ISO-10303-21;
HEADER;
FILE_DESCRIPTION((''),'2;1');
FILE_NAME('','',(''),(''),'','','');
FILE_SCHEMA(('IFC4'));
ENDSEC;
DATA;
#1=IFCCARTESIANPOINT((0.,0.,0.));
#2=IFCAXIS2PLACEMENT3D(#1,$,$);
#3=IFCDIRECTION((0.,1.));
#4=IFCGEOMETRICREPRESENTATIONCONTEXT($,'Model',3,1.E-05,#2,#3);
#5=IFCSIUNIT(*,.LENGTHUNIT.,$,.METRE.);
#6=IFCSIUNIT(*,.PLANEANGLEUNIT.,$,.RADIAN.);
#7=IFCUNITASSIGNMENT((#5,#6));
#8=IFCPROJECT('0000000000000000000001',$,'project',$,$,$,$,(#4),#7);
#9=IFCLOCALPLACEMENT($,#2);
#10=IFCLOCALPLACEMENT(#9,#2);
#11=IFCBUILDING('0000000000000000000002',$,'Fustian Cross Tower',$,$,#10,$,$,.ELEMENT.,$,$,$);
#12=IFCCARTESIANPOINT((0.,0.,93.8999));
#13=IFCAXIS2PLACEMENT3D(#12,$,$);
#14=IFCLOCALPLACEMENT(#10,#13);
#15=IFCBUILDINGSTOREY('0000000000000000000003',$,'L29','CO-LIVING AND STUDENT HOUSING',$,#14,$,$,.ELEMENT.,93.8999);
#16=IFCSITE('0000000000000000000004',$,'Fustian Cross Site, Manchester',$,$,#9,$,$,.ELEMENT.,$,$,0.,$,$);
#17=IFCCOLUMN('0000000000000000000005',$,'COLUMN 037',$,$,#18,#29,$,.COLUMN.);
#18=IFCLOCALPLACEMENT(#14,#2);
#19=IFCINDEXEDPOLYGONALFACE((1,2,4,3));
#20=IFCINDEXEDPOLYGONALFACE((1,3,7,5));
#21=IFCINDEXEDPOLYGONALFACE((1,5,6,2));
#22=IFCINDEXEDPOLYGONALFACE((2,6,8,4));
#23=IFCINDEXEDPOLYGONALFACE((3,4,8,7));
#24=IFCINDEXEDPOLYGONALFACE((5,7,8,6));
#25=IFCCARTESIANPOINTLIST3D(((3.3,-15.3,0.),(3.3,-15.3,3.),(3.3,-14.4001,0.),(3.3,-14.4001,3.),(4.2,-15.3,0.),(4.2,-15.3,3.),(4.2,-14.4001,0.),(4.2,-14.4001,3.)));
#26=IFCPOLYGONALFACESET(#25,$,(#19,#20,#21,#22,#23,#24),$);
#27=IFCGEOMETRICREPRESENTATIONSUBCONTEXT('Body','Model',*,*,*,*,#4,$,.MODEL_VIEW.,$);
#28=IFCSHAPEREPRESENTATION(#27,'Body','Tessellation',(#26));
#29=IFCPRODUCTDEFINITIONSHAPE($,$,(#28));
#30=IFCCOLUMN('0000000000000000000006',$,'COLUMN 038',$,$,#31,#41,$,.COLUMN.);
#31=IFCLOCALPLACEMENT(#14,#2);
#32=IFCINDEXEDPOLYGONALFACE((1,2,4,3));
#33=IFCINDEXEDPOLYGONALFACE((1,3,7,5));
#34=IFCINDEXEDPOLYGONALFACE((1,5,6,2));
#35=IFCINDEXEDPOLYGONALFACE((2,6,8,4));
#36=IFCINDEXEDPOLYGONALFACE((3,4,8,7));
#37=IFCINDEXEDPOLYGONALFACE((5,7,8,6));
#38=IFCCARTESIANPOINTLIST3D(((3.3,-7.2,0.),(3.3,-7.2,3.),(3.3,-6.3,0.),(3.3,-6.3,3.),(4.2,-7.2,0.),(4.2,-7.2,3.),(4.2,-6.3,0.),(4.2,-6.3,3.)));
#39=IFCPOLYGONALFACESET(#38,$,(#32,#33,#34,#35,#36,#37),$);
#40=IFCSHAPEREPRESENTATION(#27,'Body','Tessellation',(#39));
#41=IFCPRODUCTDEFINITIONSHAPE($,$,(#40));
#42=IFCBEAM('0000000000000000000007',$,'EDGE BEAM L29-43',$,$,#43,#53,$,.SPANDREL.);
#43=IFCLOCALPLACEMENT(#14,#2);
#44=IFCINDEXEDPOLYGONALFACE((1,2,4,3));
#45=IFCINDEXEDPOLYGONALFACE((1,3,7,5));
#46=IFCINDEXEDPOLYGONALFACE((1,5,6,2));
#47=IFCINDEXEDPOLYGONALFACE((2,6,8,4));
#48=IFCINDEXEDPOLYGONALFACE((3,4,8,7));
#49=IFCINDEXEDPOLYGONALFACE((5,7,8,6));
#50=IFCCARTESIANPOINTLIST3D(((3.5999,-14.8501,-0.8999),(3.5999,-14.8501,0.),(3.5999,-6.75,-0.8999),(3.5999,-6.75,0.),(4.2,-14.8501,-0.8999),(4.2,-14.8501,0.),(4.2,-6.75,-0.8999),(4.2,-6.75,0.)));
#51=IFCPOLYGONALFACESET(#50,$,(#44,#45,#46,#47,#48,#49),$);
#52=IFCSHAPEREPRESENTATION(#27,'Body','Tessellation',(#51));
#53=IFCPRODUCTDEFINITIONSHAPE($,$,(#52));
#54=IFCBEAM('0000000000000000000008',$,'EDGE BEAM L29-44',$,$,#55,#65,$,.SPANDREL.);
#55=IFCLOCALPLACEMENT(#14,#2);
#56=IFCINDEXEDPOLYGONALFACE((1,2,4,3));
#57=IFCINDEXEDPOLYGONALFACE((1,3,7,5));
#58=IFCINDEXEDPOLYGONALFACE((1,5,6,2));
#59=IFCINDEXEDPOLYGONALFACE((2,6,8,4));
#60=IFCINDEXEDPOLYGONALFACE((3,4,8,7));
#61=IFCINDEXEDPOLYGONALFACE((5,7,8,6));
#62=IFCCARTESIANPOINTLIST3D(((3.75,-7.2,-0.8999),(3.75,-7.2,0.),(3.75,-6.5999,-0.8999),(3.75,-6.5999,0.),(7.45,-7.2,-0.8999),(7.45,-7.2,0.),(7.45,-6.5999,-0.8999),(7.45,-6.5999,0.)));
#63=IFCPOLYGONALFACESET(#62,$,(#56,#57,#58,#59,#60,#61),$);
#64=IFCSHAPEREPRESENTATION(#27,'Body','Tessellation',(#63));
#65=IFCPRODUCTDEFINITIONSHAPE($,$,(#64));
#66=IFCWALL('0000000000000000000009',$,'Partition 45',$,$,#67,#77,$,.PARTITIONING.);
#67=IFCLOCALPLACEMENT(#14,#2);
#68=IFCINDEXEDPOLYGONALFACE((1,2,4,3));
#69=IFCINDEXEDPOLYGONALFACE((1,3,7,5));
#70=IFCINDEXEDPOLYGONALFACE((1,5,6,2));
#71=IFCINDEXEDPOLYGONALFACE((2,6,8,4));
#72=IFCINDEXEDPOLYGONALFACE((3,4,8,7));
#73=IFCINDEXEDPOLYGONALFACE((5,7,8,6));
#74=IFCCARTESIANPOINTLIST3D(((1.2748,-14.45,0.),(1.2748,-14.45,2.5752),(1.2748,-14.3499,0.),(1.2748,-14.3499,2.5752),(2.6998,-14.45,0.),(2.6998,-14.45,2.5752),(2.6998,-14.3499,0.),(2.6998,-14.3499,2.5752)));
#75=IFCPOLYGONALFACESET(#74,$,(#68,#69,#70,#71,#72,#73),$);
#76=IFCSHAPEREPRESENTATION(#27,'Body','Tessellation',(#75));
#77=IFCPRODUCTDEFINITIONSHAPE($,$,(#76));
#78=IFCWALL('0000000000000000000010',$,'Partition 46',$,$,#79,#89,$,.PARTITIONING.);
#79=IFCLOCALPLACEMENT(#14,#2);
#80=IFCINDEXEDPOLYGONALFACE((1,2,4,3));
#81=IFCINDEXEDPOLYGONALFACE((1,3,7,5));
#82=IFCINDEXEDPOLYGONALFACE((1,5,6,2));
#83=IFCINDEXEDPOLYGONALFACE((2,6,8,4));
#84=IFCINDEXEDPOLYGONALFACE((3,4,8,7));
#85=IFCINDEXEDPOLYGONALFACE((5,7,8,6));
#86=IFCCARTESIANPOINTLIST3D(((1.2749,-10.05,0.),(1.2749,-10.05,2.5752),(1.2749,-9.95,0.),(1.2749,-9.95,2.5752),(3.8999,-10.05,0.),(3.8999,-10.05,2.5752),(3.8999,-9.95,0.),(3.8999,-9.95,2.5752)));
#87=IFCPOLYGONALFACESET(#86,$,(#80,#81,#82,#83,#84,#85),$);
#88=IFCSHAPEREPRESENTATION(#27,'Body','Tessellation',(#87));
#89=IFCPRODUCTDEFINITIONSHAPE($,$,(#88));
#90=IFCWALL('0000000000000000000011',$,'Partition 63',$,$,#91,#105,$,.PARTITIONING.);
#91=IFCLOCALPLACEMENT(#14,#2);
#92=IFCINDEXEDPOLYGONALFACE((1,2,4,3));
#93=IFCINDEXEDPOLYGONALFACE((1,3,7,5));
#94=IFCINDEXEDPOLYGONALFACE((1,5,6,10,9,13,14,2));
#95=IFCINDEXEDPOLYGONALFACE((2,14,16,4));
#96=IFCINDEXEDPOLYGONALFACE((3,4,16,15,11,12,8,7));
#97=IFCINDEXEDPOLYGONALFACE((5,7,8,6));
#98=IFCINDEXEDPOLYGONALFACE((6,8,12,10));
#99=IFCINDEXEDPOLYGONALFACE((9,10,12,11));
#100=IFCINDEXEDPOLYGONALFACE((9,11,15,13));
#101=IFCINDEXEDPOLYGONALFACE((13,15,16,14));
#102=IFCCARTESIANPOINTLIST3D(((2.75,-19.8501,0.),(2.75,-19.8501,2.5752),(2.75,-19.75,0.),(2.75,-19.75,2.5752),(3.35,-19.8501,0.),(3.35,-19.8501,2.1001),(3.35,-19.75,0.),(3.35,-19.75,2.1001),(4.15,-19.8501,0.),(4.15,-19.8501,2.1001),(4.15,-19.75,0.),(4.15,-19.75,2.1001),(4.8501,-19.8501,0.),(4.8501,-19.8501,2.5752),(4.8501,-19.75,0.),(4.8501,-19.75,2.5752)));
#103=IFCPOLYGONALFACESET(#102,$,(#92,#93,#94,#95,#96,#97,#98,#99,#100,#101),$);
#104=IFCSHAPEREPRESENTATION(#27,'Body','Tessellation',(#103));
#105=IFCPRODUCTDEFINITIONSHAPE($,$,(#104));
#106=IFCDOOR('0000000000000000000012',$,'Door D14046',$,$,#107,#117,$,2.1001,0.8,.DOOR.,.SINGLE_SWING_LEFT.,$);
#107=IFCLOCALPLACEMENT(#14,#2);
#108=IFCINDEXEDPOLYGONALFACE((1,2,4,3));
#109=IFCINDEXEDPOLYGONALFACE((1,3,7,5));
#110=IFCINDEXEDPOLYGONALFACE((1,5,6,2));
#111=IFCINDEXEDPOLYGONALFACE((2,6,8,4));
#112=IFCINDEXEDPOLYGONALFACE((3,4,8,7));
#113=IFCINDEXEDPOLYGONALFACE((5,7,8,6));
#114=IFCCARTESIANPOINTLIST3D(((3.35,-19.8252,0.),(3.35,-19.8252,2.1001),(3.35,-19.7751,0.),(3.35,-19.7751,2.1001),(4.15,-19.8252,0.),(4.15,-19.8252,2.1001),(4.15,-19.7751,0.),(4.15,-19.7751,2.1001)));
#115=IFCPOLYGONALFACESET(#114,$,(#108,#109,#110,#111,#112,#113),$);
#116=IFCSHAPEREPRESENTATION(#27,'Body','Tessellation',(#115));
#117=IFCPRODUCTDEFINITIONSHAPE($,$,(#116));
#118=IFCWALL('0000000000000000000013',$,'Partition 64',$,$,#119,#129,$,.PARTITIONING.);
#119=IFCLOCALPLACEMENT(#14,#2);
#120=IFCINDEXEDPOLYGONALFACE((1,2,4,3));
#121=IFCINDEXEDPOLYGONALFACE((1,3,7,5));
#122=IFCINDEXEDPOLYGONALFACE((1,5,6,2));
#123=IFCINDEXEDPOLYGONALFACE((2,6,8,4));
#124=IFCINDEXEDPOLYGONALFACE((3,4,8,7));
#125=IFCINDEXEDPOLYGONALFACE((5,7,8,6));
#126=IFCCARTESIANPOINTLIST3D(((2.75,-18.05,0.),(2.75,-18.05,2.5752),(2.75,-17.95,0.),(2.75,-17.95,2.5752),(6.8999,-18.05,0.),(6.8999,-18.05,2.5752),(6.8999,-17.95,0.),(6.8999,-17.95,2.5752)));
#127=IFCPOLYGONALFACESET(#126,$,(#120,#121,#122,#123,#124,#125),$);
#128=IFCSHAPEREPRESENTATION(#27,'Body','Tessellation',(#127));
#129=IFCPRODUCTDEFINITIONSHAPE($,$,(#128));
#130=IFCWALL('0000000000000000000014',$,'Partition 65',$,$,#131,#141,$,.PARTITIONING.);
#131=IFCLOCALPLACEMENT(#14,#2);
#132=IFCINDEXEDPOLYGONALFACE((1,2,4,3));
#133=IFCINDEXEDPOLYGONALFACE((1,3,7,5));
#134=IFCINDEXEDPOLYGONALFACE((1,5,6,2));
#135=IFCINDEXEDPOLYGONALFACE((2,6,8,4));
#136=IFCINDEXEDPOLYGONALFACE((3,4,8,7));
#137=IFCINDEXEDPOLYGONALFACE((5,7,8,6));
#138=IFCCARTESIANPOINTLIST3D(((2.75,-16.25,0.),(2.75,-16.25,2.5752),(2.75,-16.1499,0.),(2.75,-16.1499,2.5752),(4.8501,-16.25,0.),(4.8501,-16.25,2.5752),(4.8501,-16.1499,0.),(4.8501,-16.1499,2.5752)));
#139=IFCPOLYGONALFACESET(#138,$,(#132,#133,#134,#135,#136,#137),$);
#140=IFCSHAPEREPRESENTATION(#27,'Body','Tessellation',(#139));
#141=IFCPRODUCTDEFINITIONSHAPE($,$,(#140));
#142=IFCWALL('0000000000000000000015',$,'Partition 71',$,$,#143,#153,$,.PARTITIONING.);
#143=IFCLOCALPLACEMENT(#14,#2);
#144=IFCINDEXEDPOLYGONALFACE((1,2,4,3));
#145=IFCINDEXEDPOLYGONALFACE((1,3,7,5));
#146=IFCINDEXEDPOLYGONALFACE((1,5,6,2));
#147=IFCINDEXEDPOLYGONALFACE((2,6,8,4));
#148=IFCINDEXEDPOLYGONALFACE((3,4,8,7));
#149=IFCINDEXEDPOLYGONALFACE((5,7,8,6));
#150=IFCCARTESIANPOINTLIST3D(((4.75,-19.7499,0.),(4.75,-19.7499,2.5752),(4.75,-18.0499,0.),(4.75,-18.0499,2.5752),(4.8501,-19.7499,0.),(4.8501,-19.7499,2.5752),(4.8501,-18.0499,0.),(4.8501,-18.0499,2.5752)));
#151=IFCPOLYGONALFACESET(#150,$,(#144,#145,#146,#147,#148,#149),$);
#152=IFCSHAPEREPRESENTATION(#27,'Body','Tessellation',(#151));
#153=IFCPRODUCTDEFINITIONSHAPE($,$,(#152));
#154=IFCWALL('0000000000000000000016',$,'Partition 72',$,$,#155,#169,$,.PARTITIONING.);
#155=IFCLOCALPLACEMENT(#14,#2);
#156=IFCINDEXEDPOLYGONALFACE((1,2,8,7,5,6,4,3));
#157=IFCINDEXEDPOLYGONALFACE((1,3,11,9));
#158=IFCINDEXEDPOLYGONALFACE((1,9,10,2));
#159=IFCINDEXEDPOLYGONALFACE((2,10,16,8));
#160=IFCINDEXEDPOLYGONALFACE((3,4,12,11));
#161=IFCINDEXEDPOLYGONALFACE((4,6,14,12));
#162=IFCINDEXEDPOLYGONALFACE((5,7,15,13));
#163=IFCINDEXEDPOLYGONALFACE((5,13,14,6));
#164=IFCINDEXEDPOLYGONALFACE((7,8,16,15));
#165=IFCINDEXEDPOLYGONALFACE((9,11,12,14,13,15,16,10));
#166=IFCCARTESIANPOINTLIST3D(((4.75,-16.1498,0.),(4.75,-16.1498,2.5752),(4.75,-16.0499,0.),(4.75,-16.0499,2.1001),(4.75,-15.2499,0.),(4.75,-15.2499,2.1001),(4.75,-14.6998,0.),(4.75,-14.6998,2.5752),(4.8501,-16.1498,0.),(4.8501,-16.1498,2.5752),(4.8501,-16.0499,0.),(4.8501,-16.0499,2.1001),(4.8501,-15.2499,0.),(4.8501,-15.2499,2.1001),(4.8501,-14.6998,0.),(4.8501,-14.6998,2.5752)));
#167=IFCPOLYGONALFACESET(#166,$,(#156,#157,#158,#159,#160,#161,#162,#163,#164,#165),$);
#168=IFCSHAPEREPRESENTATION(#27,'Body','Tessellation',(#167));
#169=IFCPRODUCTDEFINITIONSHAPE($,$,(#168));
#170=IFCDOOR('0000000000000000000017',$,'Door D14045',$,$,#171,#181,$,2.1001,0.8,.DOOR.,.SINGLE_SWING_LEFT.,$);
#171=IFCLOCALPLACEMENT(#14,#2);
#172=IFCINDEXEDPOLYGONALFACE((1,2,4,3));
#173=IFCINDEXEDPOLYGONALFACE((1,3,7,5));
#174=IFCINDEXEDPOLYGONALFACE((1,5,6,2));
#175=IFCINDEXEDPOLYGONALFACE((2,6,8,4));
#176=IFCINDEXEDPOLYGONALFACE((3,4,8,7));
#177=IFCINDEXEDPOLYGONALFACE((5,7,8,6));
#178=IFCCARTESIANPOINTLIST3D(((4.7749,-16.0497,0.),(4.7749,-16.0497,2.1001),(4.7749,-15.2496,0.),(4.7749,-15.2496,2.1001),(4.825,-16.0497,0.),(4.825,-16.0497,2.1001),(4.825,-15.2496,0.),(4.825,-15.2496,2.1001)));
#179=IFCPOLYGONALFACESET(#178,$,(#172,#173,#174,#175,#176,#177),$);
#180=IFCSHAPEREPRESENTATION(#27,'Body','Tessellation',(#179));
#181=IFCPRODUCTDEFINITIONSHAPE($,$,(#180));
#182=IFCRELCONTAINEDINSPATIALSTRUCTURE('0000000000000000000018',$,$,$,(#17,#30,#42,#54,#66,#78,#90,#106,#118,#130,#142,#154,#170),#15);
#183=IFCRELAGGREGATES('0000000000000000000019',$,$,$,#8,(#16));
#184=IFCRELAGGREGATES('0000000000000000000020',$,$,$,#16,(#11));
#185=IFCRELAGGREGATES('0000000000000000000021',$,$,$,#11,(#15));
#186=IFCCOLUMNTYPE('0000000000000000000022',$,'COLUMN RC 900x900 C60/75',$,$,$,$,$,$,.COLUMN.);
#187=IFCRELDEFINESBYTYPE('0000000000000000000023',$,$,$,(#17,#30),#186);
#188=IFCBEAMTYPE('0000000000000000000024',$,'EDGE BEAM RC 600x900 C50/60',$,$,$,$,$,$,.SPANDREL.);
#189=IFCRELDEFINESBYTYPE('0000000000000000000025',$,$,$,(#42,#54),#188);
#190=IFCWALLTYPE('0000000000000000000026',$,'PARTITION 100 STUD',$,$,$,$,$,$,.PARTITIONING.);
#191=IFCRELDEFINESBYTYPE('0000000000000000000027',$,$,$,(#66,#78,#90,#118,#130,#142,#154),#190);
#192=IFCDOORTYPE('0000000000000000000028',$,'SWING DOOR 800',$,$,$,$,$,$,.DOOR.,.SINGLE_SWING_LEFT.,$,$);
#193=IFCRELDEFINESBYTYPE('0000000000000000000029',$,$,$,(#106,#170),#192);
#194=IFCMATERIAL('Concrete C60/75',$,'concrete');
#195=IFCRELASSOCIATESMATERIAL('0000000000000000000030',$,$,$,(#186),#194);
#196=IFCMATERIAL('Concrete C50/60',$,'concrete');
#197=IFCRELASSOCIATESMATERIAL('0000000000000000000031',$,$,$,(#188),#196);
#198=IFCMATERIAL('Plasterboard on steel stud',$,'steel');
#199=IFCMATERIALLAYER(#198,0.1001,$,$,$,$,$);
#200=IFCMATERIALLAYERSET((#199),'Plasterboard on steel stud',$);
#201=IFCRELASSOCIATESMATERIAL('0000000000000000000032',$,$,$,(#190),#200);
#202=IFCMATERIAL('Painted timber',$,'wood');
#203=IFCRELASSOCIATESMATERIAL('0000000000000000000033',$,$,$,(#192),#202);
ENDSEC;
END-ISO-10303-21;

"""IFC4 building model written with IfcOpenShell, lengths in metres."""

from ifc_helpers import new_model, si_unit, direction, frame, frame_2d, origin, origin_2d, place, context, subcontext, project, spatial, rectangle, extrude, material, layer, layer_set, material_profile, profile_set, type_object, element, fill, save


model = new_model("IFC4")

# Units and contexts
model_context = context("Model", 3, precision=1e-05, world=origin(), true_north=direction((0.0, 1.0)))
body_context = subcontext(model_context, "Body", "Model", "MODEL_VIEW")
ifc_project = project(units=[si_unit("LENGTHUNIT", "METRE"), si_unit("PLANEANGLEUNIT", "RADIAN")], contexts=[model_context])

# Site, building, storey
site_placement = place(None, origin())
site = spatial("IfcSite", under=ifc_project, at=site_placement, Name="Fustian Cross Site, Manchester", CompositionType="ELEMENT", RefElevation=0.0)
building_placement = place(site_placement, origin())
building = spatial("IfcBuilding", under=site, at=building_placement, Name="Fustian Cross Tower", CompositionType="ELEMENT")
storey_placement = place(building_placement, frame((0.0, 0.0, 93.8999)))
storey = spatial("IfcBuildingStorey", under=building, at=storey_placement, Name="L29", Description="CO-LIVING AND STUDENT HOUSING", CompositionType="ELEMENT", Elevation=93.8999)

# Columns
ifc_material_1 = material(Name="Concrete C60/75", Category="concrete")
ifc_material_profile_1 = material_profile(ifc_material_1, rectangle(XDim=0.8999, YDim=0.8999, at=origin_2d()), Name="RC 900x900")
ifc_profile_set_1 = profile_set([ifc_material_profile_1], Name="Concrete C60/75")
column_type = type_object("IfcColumnType", Name="COLUMN RC 900x900 C60/75", PredefinedType="COLUMN", material=ifc_profile_set_1)
for number, where, z_axis, x_axis, name in (
    (1, (3.75, -14.8501, 0.0), (0.0, 0.0, 1.0), (1.0, 0.0, 0.0), "COLUMN 037"),
    (2, (3.75, -6.75, 0.0), (0.0, 0.0, 1.0), (1.0, 0.0, 0.0), "COLUMN 038"),
):
    element("IfcColumn", number, at=place(storey_placement, frame(where, z_axis=z_axis, x_axis=x_axis)), inside=storey, type_object=column_type, Name=name, PredefinedType="COLUMN", context=body_context, shape_type="SweptSolid", body=[
        extrude(rectangle(XDim=0.8999, YDim=0.8999, at=origin_2d()), origin(), (0.0, 0.0, 1.0), 3.0),
    ])

# Beams
ifc_material_2 = material(Name="Concrete C50/60", Category="concrete")
ifc_material_profile_2 = material_profile(ifc_material_2, rectangle(XDim=0.6001, YDim=0.8999, at=origin_2d()), Name="RC 600x900")
ifc_profile_set_2 = profile_set([ifc_material_profile_2], Name="Concrete C50/60")
beam_type = type_object("IfcBeamType", Name="EDGE BEAM RC 600x900 C50/60", PredefinedType="SPANDREL", material=ifc_profile_set_2)
beam_1_placement = place(storey_placement, frame((3.8999, -14.8501, -0.45), z_axis=(0.0, 1.0, 0.0), x_axis=(-1.0, 0.0, 0.0)))
element("IfcBeam", 3, at=beam_1_placement, inside=storey, type_object=beam_type, Name="EDGE BEAM L29-43", PredefinedType="SPANDREL", context=body_context, shape_type="SweptSolid", body=[
    extrude(rectangle(XDim=0.6001, YDim=0.8999, at=origin_2d()), origin(), (0.0, 0.0, 1.0), 8.1001),
])
beam_2_placement = place(storey_placement, frame((3.75, -6.8999, -0.45), z_axis=(1.0, 0.0, 0.0), x_axis=(0.0, 1.0, 0.0)))
element("IfcBeam", 4, at=beam_2_placement, inside=storey, type_object=beam_type, Name="EDGE BEAM L29-44", PredefinedType="SPANDREL", context=body_context, shape_type="SweptSolid", body=[
    extrude(rectangle(XDim=0.6001, YDim=0.8999, at=origin_2d()), origin(), (0.0, 0.0, 1.0), 3.7),
])

# Walls
ifc_material_3 = material(Name="Plasterboard on steel stud", Category="steel")
ifc_layer_1 = layer(ifc_material_3, 0.1001)
ifc_layer_set_1 = layer_set([ifc_layer_1], Name="Plasterboard on steel stud")
wall_type_1 = type_object("IfcWallType", Name="PARTITION 100 STUD", PredefinedType="PARTITIONING", material=ifc_layer_set_1)
wall_1_placement = place(storey_placement, frame((1.2749, -14.3999, 0.0), z_axis=(0.0, 0.0, 1.0), x_axis=(1.0, 0.0, 0.0)))
element("IfcWall", 5, at=wall_1_placement, inside=storey, type_object=wall_type_1, Name="Partition 45", PredefinedType="PARTITIONING", context=body_context, shape_type="SweptSolid", body=[
    extrude(rectangle(XDim=1.425, YDim=0.1001, at=frame_2d((0.7124, 0.0))), origin(), (0.0, 0.0, 1.0), 2.5752),
])
wall_2_placement = place(storey_placement, frame((1.2749, -10.0, 0.0), z_axis=(0.0, 0.0, 1.0), x_axis=(1.0, 0.0, 0.0)))
element("IfcWall", 6, at=wall_2_placement, inside=storey, type_object=wall_type_1, Name="Partition 46", PredefinedType="PARTITIONING", context=body_context, shape_type="SweptSolid", body=[
    extrude(rectangle(XDim=2.625, YDim=0.1001, at=frame_2d((1.3125, 0.0))), origin(), (0.0, 0.0, 1.0), 2.5752),
])

# Wall, opening, door
wall_3_placement = place(storey_placement, frame((2.75, -19.8, 0.0), z_axis=(0.0, 0.0, 1.0), x_axis=(1.0, 0.0, 0.0)))
wall_3 = element("IfcWall", 7, at=wall_3_placement, inside=storey, type_object=wall_type_1, Name="Partition 63", PredefinedType="PARTITIONING", context=body_context, shape_type="SweptSolid", body=[
    extrude(rectangle(XDim=2.1001, YDim=0.1001, at=frame_2d((1.05, 0.0))), origin(), (0.0, 0.0, 1.0), 2.5752),
])
opening_1_placement = place(wall_3_placement, frame((0.6001, 0.0, 0.0)))
opening_1 = element("IfcOpeningElement", 8, at=opening_1_placement, cuts=wall_3, PredefinedType="OPENING", context=body_context, shape_type="SweptSolid", body=[
    extrude(rectangle(XDim=0.8, YDim=2.1001, at=frame_2d((0.3999, 1.05))), frame((0.0, 0.0601, 0.0), z_axis=(0.0, -1.0, 0.0), x_axis=(1.0, 0.0, 0.0)), (0.0, 0.0, 1.0), 0.1201),
])
ifc_material_4 = material(Name="Painted timber", Category="wood")
door_type_1 = type_object("IfcDoorType", Name="SWING DOOR 800", OperationType="SINGLE_SWING_LEFT", PredefinedType="DOOR", material=ifc_material_4)
door_1_placement = place(opening_1_placement, origin())
door_1 = element("IfcDoor", 9, at=door_1_placement, inside=storey, type_object=door_type_1, Name="Door D14046", OperationType="SINGLE_SWING_LEFT", OverallHeight=2.1001, OverallWidth=0.8, PredefinedType="DOOR", context=body_context, shape_type="SweptSolid", body=[
    extrude(rectangle(XDim=0.8, YDim=2.1001, at=frame_2d((0.3999, 1.05))), frame((0.0, 0.0249, 0.0), z_axis=(0.0, -1.0, 0.0), x_axis=(1.0, 0.0, 0.0)), (0.0, 0.0, 1.0), 0.05),
])
fill(opening_1, door_1)

# Walls
wall_4_placement = place(storey_placement, frame((2.75, -18.0, 0.0), z_axis=(0.0, 0.0, 1.0), x_axis=(1.0, 0.0, 0.0)))
element("IfcWall", 10, at=wall_4_placement, inside=storey, type_object=wall_type_1, Name="Partition 64", PredefinedType="PARTITIONING", context=body_context, shape_type="SweptSolid", body=[
    extrude(rectangle(XDim=4.1499, YDim=0.1001, at=frame_2d((2.075, 0.0))), origin(), (0.0, 0.0, 1.0), 2.5752),
])
wall_5_placement = place(storey_placement, frame((2.75, -16.2, 0.0), z_axis=(0.0, 0.0, 1.0), x_axis=(1.0, 0.0, 0.0)))
element("IfcWall", 11, at=wall_5_placement, inside=storey, type_object=wall_type_1, Name="Partition 65", PredefinedType="PARTITIONING", context=body_context, shape_type="SweptSolid", body=[
    extrude(rectangle(XDim=2.1001, YDim=0.1001, at=frame_2d((1.05, 0.0))), origin(), (0.0, 0.0, 1.0), 2.5752),
])
wall_6_placement = place(storey_placement, frame((4.8, -19.75, 0.0), z_axis=(0.0, 0.0, 1.0), x_axis=(0.0, 1.0, 0.0)))
element("IfcWall", 12, at=wall_6_placement, inside=storey, type_object=wall_type_1, Name="Partition 71", PredefinedType="PARTITIONING", context=body_context, shape_type="SweptSolid", body=[
    extrude(rectangle(XDim=1.7, YDim=0.1001, at=frame_2d((0.8501, 0.0))), origin(), (0.0, 0.0, 1.0), 2.5752),
])

# Wall, opening, door
wall_7_placement = place(storey_placement, frame((4.8, -16.1499, 0.0), z_axis=(0.0, 0.0, 1.0), x_axis=(0.0, 1.0, 0.0)))
wall_7 = element("IfcWall", 13, at=wall_7_placement, inside=storey, type_object=wall_type_1, Name="Partition 72", PredefinedType="PARTITIONING", context=body_context, shape_type="SweptSolid", body=[
    extrude(rectangle(XDim=1.45, YDim=0.1001, at=frame_2d((0.7251, 0.0))), origin(), (0.0, 0.0, 1.0), 2.5752),
])
opening_2_placement = place(wall_7_placement, frame((0.1001, 0.0, 0.0)))
opening_2 = element("IfcOpeningElement", 14, at=opening_2_placement, cuts=wall_7, PredefinedType="OPENING", context=body_context, shape_type="SweptSolid", body=[
    extrude(rectangle(XDim=0.8, YDim=2.1001, at=frame_2d((0.3999, 1.05))), frame((0.0, 0.0601, 0.0), z_axis=(0.0, -1.0, 0.0), x_axis=(1.0, 0.0, 0.0)), (0.0, 0.0, 1.0), 0.1201),
])
door_2_placement = place(opening_2_placement, frame((0.8, 0.0, 0.0), z_axis=(0.0, 0.0, 1.0), x_axis=(-1.0, 0.0, 0.0)))
door_2 = element("IfcDoor", 15, at=door_2_placement, inside=storey, type_object=door_type_1, Name="Door D14045", OperationType="SINGLE_SWING_LEFT", OverallHeight=2.1001, OverallWidth=0.8, PredefinedType="DOOR", context=body_context, shape_type="SweptSolid", body=[
    extrude(rectangle(XDim=0.8, YDim=2.1001, at=frame_2d((0.3999, 1.05))), frame((0.0, 0.0249, 0.0), z_axis=(0.0, -1.0, 0.0), x_axis=(1.0, 0.0, 0.0)), (0.0, 0.0, 1.0), 0.05),
])
fill(opening_2, door_2)

save(model, "model.ifc")
